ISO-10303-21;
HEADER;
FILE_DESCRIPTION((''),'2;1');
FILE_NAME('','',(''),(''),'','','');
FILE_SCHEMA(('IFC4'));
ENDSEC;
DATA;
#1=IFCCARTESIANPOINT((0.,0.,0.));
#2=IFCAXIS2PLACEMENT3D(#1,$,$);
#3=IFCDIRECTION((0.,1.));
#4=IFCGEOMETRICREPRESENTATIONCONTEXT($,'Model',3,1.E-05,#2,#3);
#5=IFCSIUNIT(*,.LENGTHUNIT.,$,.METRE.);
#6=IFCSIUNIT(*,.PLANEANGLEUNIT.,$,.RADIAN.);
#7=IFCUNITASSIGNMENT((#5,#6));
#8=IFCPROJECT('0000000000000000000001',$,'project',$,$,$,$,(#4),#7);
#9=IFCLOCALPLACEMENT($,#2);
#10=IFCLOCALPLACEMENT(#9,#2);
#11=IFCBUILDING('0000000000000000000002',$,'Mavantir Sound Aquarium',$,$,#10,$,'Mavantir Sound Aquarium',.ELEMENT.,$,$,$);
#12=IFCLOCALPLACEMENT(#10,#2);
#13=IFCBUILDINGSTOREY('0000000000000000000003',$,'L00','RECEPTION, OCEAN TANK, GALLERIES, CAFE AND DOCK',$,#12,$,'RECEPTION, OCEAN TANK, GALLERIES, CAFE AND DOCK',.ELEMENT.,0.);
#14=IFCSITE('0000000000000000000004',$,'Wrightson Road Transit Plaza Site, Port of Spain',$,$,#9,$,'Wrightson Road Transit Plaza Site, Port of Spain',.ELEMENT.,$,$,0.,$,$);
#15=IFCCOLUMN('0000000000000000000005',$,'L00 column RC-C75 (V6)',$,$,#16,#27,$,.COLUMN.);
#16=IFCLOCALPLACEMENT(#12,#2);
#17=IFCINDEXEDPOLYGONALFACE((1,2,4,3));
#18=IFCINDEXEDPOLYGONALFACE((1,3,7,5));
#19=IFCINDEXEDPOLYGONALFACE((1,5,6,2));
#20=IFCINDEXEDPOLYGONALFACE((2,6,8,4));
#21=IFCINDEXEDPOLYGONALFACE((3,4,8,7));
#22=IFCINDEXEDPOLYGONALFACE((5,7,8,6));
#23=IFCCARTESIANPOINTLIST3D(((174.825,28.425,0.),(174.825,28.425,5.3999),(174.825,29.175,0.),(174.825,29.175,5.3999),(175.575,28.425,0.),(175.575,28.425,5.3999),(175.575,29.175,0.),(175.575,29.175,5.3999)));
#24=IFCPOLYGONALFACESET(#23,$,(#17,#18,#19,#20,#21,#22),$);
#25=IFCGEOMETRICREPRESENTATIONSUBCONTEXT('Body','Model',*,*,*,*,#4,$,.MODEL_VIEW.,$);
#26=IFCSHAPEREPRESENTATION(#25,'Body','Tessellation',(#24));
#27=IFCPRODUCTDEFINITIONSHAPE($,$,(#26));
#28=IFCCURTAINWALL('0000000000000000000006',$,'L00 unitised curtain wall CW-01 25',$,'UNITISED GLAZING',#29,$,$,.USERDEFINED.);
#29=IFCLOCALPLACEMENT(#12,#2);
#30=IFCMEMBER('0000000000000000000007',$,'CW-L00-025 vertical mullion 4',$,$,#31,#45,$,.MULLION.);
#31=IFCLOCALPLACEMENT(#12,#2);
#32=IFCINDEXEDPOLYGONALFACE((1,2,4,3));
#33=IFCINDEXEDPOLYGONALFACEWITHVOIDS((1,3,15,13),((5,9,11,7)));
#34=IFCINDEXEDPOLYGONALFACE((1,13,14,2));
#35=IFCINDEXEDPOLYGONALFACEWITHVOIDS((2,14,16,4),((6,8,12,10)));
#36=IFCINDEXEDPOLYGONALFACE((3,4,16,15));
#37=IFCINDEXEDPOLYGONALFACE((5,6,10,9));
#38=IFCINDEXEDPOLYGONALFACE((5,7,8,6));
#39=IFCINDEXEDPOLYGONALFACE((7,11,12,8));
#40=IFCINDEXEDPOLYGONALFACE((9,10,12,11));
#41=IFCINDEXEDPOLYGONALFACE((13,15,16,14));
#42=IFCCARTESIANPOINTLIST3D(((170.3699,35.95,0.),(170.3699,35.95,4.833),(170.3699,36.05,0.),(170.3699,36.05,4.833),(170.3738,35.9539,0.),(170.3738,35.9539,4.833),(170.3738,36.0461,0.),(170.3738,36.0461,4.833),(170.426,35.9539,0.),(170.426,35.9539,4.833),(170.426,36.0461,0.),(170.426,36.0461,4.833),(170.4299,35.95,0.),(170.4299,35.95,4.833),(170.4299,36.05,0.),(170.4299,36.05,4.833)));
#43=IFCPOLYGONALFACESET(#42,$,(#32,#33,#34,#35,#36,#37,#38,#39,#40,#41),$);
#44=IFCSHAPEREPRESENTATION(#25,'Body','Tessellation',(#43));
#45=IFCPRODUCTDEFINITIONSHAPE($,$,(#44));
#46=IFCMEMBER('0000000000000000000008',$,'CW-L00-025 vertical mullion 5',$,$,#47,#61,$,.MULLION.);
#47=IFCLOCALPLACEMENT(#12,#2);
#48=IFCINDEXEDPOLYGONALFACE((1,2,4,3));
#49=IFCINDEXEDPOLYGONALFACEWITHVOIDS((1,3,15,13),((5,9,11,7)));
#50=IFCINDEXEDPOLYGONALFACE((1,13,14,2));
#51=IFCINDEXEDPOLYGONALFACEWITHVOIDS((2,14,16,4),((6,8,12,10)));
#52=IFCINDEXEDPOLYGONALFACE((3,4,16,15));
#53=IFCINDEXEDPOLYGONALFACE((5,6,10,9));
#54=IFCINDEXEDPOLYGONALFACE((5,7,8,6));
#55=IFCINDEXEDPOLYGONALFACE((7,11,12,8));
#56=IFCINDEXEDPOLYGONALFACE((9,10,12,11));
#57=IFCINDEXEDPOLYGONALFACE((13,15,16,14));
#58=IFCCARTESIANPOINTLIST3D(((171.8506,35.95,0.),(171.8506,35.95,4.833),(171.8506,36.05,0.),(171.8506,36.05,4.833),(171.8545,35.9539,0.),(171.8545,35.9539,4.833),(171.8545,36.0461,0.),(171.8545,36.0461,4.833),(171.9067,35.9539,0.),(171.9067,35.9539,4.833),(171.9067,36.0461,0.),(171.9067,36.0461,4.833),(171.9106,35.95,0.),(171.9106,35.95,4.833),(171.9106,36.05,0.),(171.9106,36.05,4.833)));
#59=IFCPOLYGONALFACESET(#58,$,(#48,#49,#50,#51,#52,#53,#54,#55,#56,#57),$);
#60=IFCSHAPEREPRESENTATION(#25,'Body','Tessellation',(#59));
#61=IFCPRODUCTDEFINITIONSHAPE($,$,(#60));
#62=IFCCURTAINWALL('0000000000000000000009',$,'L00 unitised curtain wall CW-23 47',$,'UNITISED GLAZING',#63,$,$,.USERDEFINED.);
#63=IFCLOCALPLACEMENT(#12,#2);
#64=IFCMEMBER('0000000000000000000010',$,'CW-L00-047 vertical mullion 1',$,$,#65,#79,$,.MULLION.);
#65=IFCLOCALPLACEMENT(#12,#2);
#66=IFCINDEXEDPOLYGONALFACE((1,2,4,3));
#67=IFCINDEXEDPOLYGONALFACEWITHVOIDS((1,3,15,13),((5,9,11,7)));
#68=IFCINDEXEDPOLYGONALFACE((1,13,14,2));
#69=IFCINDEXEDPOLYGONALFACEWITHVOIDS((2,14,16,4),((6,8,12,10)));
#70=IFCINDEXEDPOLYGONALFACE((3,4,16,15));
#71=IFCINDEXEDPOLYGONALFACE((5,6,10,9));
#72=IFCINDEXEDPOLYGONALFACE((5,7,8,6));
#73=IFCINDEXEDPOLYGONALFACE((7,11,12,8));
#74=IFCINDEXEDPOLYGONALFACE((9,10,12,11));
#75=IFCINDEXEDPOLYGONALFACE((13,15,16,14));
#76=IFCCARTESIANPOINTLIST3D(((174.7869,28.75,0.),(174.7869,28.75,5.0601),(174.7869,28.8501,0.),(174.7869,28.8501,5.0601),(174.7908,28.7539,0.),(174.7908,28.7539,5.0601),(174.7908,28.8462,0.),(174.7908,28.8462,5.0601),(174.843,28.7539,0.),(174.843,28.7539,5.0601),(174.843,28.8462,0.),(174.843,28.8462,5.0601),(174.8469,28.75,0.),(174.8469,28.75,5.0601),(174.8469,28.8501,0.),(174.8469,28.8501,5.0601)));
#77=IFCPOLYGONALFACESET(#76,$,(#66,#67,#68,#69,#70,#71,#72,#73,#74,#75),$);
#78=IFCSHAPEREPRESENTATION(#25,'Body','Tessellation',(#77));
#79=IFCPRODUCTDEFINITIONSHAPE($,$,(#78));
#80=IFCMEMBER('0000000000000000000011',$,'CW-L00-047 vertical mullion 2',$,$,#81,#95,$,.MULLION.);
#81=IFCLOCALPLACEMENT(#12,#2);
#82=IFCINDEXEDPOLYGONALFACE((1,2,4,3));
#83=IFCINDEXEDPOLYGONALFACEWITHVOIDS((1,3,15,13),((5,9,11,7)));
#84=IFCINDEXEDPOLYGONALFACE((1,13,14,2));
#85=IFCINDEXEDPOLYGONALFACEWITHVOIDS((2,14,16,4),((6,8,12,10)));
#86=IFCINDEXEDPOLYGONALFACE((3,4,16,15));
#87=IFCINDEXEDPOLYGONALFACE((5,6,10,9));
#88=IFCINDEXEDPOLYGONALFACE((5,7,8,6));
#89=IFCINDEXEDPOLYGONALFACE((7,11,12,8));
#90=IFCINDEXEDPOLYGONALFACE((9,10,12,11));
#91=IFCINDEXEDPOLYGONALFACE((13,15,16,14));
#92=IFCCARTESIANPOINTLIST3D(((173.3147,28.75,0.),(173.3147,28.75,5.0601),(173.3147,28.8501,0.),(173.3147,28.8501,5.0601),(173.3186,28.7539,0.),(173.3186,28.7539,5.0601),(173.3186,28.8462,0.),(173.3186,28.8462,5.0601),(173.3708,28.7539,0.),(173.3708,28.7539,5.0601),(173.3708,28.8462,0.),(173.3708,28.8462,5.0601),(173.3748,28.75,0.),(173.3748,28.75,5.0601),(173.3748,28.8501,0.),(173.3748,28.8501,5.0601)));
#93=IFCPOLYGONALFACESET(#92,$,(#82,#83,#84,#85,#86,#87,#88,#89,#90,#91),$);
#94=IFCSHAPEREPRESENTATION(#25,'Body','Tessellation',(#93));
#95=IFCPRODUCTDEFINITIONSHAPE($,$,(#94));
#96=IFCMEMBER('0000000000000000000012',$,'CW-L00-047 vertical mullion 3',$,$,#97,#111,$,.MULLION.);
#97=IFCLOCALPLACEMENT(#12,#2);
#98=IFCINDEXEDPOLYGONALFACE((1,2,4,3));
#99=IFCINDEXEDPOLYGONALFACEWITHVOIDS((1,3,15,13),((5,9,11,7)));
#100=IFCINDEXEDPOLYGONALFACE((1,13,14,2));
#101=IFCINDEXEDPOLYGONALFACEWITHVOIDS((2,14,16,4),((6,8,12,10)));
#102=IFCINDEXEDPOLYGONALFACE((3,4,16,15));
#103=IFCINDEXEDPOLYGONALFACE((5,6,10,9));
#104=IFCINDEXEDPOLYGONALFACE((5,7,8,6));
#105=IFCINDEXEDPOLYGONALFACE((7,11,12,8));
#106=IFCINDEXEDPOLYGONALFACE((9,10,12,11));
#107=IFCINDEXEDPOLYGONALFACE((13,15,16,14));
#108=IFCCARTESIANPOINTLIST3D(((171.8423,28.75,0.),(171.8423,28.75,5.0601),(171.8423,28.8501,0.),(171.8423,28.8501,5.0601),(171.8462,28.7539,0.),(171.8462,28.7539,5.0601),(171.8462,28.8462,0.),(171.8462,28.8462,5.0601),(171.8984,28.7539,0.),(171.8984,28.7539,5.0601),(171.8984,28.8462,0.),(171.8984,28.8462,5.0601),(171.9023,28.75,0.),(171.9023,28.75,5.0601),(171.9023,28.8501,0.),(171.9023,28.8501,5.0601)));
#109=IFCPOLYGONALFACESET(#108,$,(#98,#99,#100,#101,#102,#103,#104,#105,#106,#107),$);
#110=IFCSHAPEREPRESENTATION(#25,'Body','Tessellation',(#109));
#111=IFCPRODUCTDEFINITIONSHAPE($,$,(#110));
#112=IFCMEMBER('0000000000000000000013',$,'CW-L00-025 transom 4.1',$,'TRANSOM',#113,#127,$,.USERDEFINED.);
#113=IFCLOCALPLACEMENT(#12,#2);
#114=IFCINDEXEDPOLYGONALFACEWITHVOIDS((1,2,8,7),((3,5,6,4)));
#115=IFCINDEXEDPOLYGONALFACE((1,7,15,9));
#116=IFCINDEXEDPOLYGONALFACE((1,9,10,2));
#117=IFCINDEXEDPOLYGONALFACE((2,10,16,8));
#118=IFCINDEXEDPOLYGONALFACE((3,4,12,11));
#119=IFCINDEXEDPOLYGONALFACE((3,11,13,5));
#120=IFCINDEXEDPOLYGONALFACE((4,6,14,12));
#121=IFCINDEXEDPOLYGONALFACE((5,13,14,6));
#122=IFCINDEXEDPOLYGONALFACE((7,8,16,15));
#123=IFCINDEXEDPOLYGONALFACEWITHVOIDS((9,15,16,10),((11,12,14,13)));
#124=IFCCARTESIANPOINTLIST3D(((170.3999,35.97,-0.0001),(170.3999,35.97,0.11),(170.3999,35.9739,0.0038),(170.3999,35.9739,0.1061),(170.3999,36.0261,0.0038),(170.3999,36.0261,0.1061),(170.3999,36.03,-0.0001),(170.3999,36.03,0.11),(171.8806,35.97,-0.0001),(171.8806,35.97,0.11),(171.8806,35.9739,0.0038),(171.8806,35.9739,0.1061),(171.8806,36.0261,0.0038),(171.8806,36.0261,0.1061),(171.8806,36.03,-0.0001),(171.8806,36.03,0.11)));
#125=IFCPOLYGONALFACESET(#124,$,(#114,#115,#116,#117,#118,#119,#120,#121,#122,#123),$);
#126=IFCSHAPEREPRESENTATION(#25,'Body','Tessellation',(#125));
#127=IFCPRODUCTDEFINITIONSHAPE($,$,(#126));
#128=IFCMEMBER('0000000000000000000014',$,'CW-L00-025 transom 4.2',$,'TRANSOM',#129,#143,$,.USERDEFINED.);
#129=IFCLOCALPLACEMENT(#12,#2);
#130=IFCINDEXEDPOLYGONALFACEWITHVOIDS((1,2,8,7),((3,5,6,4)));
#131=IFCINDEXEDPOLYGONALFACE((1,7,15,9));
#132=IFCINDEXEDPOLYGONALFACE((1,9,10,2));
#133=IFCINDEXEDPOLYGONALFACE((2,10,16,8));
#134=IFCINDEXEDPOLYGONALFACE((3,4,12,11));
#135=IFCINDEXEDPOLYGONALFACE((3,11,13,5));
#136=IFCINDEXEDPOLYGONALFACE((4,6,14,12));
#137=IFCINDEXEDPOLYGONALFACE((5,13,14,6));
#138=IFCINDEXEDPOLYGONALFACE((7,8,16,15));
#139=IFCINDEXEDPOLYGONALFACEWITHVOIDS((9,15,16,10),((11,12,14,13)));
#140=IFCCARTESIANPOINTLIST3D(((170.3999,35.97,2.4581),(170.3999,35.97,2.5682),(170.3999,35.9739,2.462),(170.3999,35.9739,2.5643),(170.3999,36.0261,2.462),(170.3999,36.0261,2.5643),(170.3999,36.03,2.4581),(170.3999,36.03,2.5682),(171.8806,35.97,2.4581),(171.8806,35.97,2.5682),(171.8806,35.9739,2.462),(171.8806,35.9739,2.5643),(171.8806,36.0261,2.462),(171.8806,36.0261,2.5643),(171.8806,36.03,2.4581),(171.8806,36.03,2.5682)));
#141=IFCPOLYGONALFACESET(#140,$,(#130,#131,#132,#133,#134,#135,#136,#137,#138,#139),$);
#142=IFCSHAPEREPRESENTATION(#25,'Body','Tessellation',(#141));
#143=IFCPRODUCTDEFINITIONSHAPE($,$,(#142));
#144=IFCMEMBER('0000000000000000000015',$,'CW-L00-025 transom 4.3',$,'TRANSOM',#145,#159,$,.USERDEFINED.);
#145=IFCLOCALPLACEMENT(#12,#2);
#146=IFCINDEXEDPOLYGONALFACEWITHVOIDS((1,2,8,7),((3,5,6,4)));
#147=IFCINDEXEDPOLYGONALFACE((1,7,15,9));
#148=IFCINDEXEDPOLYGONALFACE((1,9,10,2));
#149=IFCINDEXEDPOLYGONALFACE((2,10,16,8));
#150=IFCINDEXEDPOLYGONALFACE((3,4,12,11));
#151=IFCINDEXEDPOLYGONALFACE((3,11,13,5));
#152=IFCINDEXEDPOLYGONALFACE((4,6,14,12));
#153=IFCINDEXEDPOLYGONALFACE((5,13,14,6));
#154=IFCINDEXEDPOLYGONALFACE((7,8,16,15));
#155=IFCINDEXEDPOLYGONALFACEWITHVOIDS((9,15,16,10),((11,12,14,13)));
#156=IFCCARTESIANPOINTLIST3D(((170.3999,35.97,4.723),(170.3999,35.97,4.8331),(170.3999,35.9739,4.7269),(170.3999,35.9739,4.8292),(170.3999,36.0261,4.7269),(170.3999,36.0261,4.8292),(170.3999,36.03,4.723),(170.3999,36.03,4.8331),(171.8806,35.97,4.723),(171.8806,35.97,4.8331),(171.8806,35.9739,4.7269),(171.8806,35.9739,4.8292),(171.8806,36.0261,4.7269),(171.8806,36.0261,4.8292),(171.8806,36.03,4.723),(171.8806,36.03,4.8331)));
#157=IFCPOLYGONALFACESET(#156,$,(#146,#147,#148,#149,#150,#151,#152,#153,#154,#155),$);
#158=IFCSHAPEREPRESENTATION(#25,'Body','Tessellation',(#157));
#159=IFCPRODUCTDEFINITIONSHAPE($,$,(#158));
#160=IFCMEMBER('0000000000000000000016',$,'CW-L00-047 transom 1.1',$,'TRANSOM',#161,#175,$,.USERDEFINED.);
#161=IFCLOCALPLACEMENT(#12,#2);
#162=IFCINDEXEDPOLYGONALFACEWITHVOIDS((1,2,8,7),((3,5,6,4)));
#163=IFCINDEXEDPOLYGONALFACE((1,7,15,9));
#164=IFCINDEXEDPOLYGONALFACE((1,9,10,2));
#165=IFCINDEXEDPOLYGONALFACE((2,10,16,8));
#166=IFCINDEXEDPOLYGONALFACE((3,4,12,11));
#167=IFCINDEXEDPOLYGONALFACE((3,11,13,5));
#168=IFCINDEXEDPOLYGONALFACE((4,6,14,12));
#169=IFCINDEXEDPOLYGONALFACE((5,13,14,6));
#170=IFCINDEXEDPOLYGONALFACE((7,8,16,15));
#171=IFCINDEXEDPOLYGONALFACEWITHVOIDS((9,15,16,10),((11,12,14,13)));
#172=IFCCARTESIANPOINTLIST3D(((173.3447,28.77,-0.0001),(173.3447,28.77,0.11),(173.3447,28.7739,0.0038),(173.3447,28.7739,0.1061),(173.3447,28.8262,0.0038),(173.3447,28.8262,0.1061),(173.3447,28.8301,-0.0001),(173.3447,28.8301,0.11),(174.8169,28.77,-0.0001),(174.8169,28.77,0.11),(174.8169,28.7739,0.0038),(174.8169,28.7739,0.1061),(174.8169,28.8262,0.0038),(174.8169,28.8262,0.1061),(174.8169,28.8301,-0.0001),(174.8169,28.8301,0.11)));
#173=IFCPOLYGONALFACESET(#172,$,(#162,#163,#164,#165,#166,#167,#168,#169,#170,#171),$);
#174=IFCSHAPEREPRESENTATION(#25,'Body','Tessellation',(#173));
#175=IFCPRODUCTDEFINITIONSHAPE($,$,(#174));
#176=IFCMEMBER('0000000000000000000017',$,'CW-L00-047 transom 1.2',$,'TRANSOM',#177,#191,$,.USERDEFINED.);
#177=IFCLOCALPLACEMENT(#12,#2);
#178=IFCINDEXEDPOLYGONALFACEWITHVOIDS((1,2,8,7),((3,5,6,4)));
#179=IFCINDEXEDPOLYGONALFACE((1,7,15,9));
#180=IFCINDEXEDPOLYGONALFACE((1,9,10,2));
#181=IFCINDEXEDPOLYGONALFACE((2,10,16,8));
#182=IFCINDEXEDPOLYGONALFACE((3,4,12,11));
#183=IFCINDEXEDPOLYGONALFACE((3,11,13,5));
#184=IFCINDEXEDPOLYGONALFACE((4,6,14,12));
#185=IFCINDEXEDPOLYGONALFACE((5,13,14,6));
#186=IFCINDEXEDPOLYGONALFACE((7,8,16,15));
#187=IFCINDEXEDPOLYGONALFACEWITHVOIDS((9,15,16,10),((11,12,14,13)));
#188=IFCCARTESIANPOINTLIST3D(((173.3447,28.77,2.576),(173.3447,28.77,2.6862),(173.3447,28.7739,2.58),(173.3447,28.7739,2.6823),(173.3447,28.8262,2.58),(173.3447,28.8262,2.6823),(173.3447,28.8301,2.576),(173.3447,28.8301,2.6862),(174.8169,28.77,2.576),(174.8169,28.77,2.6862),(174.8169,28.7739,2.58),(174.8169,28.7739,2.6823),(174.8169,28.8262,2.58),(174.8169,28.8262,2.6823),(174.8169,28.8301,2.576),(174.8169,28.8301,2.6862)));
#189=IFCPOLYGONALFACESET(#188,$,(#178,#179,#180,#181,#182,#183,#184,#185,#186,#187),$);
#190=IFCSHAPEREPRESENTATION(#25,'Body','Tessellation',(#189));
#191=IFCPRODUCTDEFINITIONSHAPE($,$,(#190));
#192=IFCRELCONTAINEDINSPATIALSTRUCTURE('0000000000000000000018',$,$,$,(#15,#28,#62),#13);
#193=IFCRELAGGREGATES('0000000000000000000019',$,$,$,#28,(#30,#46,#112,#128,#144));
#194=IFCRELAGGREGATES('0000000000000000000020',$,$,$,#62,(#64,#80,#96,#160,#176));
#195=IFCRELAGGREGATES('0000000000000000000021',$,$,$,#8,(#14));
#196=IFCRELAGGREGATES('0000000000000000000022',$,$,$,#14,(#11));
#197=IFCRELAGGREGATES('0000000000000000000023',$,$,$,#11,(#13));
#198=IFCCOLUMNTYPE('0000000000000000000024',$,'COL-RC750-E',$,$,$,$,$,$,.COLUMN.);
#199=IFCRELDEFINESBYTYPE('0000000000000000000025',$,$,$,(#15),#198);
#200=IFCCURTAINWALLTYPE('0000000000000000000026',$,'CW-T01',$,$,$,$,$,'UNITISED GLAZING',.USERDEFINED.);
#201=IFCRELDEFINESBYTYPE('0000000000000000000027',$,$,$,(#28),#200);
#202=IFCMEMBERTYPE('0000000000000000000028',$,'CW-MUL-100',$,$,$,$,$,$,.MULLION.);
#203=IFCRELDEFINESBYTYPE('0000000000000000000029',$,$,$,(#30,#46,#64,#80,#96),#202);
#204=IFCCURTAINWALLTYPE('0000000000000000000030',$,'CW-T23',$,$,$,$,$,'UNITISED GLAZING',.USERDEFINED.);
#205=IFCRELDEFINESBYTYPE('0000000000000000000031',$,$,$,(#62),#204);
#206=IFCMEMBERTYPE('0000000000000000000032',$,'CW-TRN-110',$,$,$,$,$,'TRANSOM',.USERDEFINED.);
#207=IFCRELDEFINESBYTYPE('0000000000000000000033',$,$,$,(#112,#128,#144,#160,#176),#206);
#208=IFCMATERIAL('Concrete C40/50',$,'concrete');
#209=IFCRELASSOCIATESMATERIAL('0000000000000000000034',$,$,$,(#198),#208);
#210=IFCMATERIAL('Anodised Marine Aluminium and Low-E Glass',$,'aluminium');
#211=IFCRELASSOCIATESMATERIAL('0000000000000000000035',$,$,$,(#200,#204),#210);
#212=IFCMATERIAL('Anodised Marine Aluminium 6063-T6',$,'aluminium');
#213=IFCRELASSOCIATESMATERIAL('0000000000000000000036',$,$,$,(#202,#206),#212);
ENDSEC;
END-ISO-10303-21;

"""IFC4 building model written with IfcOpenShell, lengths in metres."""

from ifc_helpers import new_model, si_unit, direction, frame, origin, origin_2d, place, context, subcontext, project, spatial, rectangle, hollow_rectangle, extrude, material, material_profile, profile_set, type_object, element, aggregate, save


model = new_model("IFC4")

# Units and contexts
model_context = context("Model", 3, precision=1e-05, world=origin(), true_north=direction((0.0, 1.0)))
body_context = subcontext(model_context, "Body", "Model", "MODEL_VIEW")
ifc_project = project(units=[si_unit("LENGTHUNIT", "METRE"), si_unit("PLANEANGLEUNIT", "RADIAN")], contexts=[model_context])

# Site, building, storey
site_placement = place(None, origin())
site = spatial("IfcSite", under=ifc_project, at=site_placement, Name="Wrightson Road Transit Plaza Site, Port of Spain", LongName="Wrightson Road Transit Plaza Site, Port of Spain", CompositionType="ELEMENT", RefElevation=0.0)
building_placement = place(site_placement, origin())
building = spatial("IfcBuilding", under=site, at=building_placement, Name="Mavantir Sound Aquarium", LongName="Mavantir Sound Aquarium", CompositionType="ELEMENT")
storey_placement = place(building_placement, origin())
storey = spatial("IfcBuildingStorey", under=building, at=storey_placement, Name="L00", Description="RECEPTION, OCEAN TANK, GALLERIES, CAFE AND DOCK", LongName="RECEPTION, OCEAN TANK, GALLERIES, CAFE AND DOCK", CompositionType="ELEMENT", Elevation=0.0)

# Column
ifc_material_1 = material(Name="Concrete C40/50", Category="concrete")
ifc_material_profile_1 = material_profile(ifc_material_1, rectangle(XDim=0.75, YDim=0.75, at=origin_2d()), Name="RC 750X750")
ifc_profile_set_1 = profile_set([ifc_material_profile_1], Name="Concrete C40/50")
column_type = type_object("IfcColumnType", Name="COL-RC750-E", PredefinedType="COLUMN", material=ifc_profile_set_1)
column_placement = place(storey_placement, frame((175.2, 28.8, 0.0), z_axis=(0.0, 0.0, 1.0), x_axis=(1.0, 0.0, 0.0)))
element("IfcColumn", 1, at=column_placement, inside=storey, type_object=column_type, Name="L00 column RC-C75 (V6)", PredefinedType="COLUMN", context=body_context, shape_type="SweptSolid", body=[
    extrude(rectangle(XDim=0.75, YDim=0.75, at=origin_2d()), origin(), (0.0, 0.0, 1.0), 5.3999),
])

# Curtain walls, members
ifc_material_2 = material(Name="Anodised Marine Aluminium and Low-E Glass", Category="aluminium")
curtain_wall_type_1 = type_object("IfcCurtainWallType", Name="CW-T01", ElementType="UNITISED GLAZING", PredefinedType="USERDEFINED", material=ifc_material_2)
curtain_wall_1_placement = place(storey_placement, origin())
curtain_wall_1 = element("IfcCurtainWall", 2, at=curtain_wall_1_placement, inside=storey, type_object=curtain_wall_type_1, Name="L00 unitised curtain wall CW-01 25", ObjectType="UNITISED GLAZING", PredefinedType="USERDEFINED")
ifc_material_3 = material(Name="Anodised Marine Aluminium 6063-T6", Category="aluminium")
ifc_material_profile_2 = material_profile(ifc_material_3, hollow_rectangle(XDim=0.0601, YDim=0.1001, WallThickness=0.0039, at=origin_2d()), Name="ALU-MULLION-100X60")
ifc_profile_set_2 = profile_set([ifc_material_profile_2], Name="Anodised Marine Aluminium 6063-T6")
member_type_1 = type_object("IfcMemberType", Name="CW-MUL-100", PredefinedType="MULLION", material=ifc_profile_set_2)
member_1_placement = place(storey_placement, frame((170.3999, 36.0, 0.0), z_axis=(0.0, 0.0, 1.0), x_axis=(1.0, 0.0, 0.0)))
member_1 = element("IfcMember", 3, at=member_1_placement, type_object=member_type_1, Name="CW-L00-025 vertical mullion 4", PredefinedType="MULLION", context=body_context, shape_type="SweptSolid", body=[
    extrude(hollow_rectangle(XDim=0.0601, YDim=0.1001, WallThickness=0.0039, at=origin_2d()), origin(), (0.0, 0.0, 1.0), 4.833),
])
member_2_placement = place(storey_placement, frame((171.8806, 36.0, 0.0), z_axis=(0.0, 0.0, 1.0), x_axis=(1.0, 0.0, 0.0)))
member_2 = element("IfcMember", 4, at=member_2_placement, type_object=member_type_1, Name="CW-L00-025 vertical mullion 5", PredefinedType="MULLION", context=body_context, shape_type="SweptSolid", body=[
    extrude(hollow_rectangle(XDim=0.0601, YDim=0.1001, WallThickness=0.0039, at=origin_2d()), origin(), (0.0, 0.0, 1.0), 4.833),
])
curtain_wall_type_2 = type_object("IfcCurtainWallType", Name="CW-T23", ElementType="UNITISED GLAZING", PredefinedType="USERDEFINED", material=ifc_material_2)
curtain_wall_2_placement = place(storey_placement, origin())
curtain_wall_2 = element("IfcCurtainWall", 5, at=curtain_wall_2_placement, inside=storey, type_object=curtain_wall_type_2, Name="L00 unitised curtain wall CW-23 47", ObjectType="UNITISED GLAZING", PredefinedType="USERDEFINED")
member_3_placement = place(storey_placement, frame((174.8169, 28.8, 0.0), z_axis=(0.0, 0.0, 1.0), x_axis=(1.0, 0.0, 0.0)))
member_3 = element("IfcMember", 6, at=member_3_placement, type_object=member_type_1, Name="CW-L00-047 vertical mullion 1", PredefinedType="MULLION", context=body_context, shape_type="SweptSolid", body=[
    extrude(hollow_rectangle(XDim=0.0601, YDim=0.1001, WallThickness=0.0039, at=origin_2d()), origin(), (0.0, 0.0, 1.0), 5.0601),
])
member_4_placement = place(storey_placement, frame((173.3447, 28.8, 0.0), z_axis=(0.0, 0.0, 1.0), x_axis=(1.0, 0.0, 0.0)))
member_4 = element("IfcMember", 7, at=member_4_placement, type_object=member_type_1, Name="CW-L00-047 vertical mullion 2", PredefinedType="MULLION", context=body_context, shape_type="SweptSolid", body=[
    extrude(hollow_rectangle(XDim=0.0601, YDim=0.1001, WallThickness=0.0039, at=origin_2d()), origin(), (0.0, 0.0, 1.0), 5.0601),
])
member_5_placement = place(storey_placement, frame((171.8723, 28.8, 0.0), z_axis=(0.0, 0.0, 1.0), x_axis=(1.0, 0.0, 0.0)))
member_5 = element("IfcMember", 8, at=member_5_placement, type_object=member_type_1, Name="CW-L00-047 vertical mullion 3", PredefinedType="MULLION", context=body_context, shape_type="SweptSolid", body=[
    extrude(hollow_rectangle(XDim=0.0601, YDim=0.1001, WallThickness=0.0039, at=origin_2d()), origin(), (0.0, 0.0, 1.0), 5.0601),
])

# Members
ifc_material_profile_3 = material_profile(ifc_material_3, hollow_rectangle(XDim=0.0601, YDim=0.1101, WallThickness=0.0039, at=origin_2d()), Name="ALU-TRANSOM-110X60")
ifc_profile_set_3 = profile_set([ifc_material_profile_3], Name="Anodised Marine Aluminium 6063-T6")
member_type_2 = type_object("IfcMemberType", Name="CW-TRN-110", ElementType="TRANSOM", PredefinedType="USERDEFINED", material=ifc_profile_set_3)
member_6_placement = place(storey_placement, frame((170.3999, 36.0, 0.0549), z_axis=(1.0, 0.0, 0.0), x_axis=(0.0, 1.0, 0.0)))
member_6 = element("IfcMember", 9, at=member_6_placement, type_object=member_type_2, Name="CW-L00-025 transom 4.1", ObjectType="TRANSOM", PredefinedType="USERDEFINED", context=body_context, shape_type="SweptSolid", body=[
    extrude(hollow_rectangle(XDim=0.0601, YDim=0.1101, WallThickness=0.0039, at=origin_2d()), origin(), (0.0, 0.0, 1.0), 1.4807),
])
member_7_placement = place(storey_placement, frame((170.3999, 36.0, 2.5132), z_axis=(1.0, 0.0, 0.0), x_axis=(0.0, 1.0, 0.0)))
member_7 = element("IfcMember", 10, at=member_7_placement, type_object=member_type_2, Name="CW-L00-025 transom 4.2", ObjectType="TRANSOM", PredefinedType="USERDEFINED", context=body_context, shape_type="SweptSolid", body=[
    extrude(hollow_rectangle(XDim=0.0601, YDim=0.1101, WallThickness=0.0039, at=origin_2d()), origin(), (0.0, 0.0, 1.0), 1.4807),
])
member_8_placement = place(storey_placement, frame((170.3999, 36.0, 4.7781), z_axis=(1.0, 0.0, 0.0), x_axis=(0.0, 1.0, 0.0)))
member_8 = element("IfcMember", 11, at=member_8_placement, type_object=member_type_2, Name="CW-L00-025 transom 4.3", ObjectType="TRANSOM", PredefinedType="USERDEFINED", context=body_context, shape_type="SweptSolid", body=[
    extrude(hollow_rectangle(XDim=0.0601, YDim=0.1101, WallThickness=0.0039, at=origin_2d()), origin(), (0.0, 0.0, 1.0), 1.4807),
])
member_9_placement = place(storey_placement, frame((174.8169, 28.8, 0.0549), z_axis=(-1.0, 0.0, 0.0), x_axis=(0.0, -1.0, 0.0)))
member_9 = element("IfcMember", 12, at=member_9_placement, type_object=member_type_2, Name="CW-L00-047 transom 1.1", ObjectType="TRANSOM", PredefinedType="USERDEFINED", context=body_context, shape_type="SweptSolid", body=[
    extrude(hollow_rectangle(XDim=0.0601, YDim=0.1101, WallThickness=0.0039, at=origin_2d()), origin(), (0.0, 0.0, 1.0), 1.4722),
])
member_10_placement = place(storey_placement, frame((174.8169, 28.8, 2.6311), z_axis=(-1.0, 0.0, 0.0), x_axis=(0.0, -1.0, 0.0)))
member_10 = element("IfcMember", 13, at=member_10_placement, type_object=member_type_2, Name="CW-L00-047 transom 1.2", ObjectType="TRANSOM", PredefinedType="USERDEFINED", context=body_context, shape_type="SweptSolid", body=[
    extrude(hollow_rectangle(XDim=0.0601, YDim=0.1101, WallThickness=0.0039, at=origin_2d()), origin(), (0.0, 0.0, 1.0), 1.4722),
])

aggregate(curtain_wall_1, [member_1, member_2, member_6, member_7, member_8])
aggregate(curtain_wall_2, [member_3, member_4, member_5, member_9, member_10])

save(model, "model.ifc")
